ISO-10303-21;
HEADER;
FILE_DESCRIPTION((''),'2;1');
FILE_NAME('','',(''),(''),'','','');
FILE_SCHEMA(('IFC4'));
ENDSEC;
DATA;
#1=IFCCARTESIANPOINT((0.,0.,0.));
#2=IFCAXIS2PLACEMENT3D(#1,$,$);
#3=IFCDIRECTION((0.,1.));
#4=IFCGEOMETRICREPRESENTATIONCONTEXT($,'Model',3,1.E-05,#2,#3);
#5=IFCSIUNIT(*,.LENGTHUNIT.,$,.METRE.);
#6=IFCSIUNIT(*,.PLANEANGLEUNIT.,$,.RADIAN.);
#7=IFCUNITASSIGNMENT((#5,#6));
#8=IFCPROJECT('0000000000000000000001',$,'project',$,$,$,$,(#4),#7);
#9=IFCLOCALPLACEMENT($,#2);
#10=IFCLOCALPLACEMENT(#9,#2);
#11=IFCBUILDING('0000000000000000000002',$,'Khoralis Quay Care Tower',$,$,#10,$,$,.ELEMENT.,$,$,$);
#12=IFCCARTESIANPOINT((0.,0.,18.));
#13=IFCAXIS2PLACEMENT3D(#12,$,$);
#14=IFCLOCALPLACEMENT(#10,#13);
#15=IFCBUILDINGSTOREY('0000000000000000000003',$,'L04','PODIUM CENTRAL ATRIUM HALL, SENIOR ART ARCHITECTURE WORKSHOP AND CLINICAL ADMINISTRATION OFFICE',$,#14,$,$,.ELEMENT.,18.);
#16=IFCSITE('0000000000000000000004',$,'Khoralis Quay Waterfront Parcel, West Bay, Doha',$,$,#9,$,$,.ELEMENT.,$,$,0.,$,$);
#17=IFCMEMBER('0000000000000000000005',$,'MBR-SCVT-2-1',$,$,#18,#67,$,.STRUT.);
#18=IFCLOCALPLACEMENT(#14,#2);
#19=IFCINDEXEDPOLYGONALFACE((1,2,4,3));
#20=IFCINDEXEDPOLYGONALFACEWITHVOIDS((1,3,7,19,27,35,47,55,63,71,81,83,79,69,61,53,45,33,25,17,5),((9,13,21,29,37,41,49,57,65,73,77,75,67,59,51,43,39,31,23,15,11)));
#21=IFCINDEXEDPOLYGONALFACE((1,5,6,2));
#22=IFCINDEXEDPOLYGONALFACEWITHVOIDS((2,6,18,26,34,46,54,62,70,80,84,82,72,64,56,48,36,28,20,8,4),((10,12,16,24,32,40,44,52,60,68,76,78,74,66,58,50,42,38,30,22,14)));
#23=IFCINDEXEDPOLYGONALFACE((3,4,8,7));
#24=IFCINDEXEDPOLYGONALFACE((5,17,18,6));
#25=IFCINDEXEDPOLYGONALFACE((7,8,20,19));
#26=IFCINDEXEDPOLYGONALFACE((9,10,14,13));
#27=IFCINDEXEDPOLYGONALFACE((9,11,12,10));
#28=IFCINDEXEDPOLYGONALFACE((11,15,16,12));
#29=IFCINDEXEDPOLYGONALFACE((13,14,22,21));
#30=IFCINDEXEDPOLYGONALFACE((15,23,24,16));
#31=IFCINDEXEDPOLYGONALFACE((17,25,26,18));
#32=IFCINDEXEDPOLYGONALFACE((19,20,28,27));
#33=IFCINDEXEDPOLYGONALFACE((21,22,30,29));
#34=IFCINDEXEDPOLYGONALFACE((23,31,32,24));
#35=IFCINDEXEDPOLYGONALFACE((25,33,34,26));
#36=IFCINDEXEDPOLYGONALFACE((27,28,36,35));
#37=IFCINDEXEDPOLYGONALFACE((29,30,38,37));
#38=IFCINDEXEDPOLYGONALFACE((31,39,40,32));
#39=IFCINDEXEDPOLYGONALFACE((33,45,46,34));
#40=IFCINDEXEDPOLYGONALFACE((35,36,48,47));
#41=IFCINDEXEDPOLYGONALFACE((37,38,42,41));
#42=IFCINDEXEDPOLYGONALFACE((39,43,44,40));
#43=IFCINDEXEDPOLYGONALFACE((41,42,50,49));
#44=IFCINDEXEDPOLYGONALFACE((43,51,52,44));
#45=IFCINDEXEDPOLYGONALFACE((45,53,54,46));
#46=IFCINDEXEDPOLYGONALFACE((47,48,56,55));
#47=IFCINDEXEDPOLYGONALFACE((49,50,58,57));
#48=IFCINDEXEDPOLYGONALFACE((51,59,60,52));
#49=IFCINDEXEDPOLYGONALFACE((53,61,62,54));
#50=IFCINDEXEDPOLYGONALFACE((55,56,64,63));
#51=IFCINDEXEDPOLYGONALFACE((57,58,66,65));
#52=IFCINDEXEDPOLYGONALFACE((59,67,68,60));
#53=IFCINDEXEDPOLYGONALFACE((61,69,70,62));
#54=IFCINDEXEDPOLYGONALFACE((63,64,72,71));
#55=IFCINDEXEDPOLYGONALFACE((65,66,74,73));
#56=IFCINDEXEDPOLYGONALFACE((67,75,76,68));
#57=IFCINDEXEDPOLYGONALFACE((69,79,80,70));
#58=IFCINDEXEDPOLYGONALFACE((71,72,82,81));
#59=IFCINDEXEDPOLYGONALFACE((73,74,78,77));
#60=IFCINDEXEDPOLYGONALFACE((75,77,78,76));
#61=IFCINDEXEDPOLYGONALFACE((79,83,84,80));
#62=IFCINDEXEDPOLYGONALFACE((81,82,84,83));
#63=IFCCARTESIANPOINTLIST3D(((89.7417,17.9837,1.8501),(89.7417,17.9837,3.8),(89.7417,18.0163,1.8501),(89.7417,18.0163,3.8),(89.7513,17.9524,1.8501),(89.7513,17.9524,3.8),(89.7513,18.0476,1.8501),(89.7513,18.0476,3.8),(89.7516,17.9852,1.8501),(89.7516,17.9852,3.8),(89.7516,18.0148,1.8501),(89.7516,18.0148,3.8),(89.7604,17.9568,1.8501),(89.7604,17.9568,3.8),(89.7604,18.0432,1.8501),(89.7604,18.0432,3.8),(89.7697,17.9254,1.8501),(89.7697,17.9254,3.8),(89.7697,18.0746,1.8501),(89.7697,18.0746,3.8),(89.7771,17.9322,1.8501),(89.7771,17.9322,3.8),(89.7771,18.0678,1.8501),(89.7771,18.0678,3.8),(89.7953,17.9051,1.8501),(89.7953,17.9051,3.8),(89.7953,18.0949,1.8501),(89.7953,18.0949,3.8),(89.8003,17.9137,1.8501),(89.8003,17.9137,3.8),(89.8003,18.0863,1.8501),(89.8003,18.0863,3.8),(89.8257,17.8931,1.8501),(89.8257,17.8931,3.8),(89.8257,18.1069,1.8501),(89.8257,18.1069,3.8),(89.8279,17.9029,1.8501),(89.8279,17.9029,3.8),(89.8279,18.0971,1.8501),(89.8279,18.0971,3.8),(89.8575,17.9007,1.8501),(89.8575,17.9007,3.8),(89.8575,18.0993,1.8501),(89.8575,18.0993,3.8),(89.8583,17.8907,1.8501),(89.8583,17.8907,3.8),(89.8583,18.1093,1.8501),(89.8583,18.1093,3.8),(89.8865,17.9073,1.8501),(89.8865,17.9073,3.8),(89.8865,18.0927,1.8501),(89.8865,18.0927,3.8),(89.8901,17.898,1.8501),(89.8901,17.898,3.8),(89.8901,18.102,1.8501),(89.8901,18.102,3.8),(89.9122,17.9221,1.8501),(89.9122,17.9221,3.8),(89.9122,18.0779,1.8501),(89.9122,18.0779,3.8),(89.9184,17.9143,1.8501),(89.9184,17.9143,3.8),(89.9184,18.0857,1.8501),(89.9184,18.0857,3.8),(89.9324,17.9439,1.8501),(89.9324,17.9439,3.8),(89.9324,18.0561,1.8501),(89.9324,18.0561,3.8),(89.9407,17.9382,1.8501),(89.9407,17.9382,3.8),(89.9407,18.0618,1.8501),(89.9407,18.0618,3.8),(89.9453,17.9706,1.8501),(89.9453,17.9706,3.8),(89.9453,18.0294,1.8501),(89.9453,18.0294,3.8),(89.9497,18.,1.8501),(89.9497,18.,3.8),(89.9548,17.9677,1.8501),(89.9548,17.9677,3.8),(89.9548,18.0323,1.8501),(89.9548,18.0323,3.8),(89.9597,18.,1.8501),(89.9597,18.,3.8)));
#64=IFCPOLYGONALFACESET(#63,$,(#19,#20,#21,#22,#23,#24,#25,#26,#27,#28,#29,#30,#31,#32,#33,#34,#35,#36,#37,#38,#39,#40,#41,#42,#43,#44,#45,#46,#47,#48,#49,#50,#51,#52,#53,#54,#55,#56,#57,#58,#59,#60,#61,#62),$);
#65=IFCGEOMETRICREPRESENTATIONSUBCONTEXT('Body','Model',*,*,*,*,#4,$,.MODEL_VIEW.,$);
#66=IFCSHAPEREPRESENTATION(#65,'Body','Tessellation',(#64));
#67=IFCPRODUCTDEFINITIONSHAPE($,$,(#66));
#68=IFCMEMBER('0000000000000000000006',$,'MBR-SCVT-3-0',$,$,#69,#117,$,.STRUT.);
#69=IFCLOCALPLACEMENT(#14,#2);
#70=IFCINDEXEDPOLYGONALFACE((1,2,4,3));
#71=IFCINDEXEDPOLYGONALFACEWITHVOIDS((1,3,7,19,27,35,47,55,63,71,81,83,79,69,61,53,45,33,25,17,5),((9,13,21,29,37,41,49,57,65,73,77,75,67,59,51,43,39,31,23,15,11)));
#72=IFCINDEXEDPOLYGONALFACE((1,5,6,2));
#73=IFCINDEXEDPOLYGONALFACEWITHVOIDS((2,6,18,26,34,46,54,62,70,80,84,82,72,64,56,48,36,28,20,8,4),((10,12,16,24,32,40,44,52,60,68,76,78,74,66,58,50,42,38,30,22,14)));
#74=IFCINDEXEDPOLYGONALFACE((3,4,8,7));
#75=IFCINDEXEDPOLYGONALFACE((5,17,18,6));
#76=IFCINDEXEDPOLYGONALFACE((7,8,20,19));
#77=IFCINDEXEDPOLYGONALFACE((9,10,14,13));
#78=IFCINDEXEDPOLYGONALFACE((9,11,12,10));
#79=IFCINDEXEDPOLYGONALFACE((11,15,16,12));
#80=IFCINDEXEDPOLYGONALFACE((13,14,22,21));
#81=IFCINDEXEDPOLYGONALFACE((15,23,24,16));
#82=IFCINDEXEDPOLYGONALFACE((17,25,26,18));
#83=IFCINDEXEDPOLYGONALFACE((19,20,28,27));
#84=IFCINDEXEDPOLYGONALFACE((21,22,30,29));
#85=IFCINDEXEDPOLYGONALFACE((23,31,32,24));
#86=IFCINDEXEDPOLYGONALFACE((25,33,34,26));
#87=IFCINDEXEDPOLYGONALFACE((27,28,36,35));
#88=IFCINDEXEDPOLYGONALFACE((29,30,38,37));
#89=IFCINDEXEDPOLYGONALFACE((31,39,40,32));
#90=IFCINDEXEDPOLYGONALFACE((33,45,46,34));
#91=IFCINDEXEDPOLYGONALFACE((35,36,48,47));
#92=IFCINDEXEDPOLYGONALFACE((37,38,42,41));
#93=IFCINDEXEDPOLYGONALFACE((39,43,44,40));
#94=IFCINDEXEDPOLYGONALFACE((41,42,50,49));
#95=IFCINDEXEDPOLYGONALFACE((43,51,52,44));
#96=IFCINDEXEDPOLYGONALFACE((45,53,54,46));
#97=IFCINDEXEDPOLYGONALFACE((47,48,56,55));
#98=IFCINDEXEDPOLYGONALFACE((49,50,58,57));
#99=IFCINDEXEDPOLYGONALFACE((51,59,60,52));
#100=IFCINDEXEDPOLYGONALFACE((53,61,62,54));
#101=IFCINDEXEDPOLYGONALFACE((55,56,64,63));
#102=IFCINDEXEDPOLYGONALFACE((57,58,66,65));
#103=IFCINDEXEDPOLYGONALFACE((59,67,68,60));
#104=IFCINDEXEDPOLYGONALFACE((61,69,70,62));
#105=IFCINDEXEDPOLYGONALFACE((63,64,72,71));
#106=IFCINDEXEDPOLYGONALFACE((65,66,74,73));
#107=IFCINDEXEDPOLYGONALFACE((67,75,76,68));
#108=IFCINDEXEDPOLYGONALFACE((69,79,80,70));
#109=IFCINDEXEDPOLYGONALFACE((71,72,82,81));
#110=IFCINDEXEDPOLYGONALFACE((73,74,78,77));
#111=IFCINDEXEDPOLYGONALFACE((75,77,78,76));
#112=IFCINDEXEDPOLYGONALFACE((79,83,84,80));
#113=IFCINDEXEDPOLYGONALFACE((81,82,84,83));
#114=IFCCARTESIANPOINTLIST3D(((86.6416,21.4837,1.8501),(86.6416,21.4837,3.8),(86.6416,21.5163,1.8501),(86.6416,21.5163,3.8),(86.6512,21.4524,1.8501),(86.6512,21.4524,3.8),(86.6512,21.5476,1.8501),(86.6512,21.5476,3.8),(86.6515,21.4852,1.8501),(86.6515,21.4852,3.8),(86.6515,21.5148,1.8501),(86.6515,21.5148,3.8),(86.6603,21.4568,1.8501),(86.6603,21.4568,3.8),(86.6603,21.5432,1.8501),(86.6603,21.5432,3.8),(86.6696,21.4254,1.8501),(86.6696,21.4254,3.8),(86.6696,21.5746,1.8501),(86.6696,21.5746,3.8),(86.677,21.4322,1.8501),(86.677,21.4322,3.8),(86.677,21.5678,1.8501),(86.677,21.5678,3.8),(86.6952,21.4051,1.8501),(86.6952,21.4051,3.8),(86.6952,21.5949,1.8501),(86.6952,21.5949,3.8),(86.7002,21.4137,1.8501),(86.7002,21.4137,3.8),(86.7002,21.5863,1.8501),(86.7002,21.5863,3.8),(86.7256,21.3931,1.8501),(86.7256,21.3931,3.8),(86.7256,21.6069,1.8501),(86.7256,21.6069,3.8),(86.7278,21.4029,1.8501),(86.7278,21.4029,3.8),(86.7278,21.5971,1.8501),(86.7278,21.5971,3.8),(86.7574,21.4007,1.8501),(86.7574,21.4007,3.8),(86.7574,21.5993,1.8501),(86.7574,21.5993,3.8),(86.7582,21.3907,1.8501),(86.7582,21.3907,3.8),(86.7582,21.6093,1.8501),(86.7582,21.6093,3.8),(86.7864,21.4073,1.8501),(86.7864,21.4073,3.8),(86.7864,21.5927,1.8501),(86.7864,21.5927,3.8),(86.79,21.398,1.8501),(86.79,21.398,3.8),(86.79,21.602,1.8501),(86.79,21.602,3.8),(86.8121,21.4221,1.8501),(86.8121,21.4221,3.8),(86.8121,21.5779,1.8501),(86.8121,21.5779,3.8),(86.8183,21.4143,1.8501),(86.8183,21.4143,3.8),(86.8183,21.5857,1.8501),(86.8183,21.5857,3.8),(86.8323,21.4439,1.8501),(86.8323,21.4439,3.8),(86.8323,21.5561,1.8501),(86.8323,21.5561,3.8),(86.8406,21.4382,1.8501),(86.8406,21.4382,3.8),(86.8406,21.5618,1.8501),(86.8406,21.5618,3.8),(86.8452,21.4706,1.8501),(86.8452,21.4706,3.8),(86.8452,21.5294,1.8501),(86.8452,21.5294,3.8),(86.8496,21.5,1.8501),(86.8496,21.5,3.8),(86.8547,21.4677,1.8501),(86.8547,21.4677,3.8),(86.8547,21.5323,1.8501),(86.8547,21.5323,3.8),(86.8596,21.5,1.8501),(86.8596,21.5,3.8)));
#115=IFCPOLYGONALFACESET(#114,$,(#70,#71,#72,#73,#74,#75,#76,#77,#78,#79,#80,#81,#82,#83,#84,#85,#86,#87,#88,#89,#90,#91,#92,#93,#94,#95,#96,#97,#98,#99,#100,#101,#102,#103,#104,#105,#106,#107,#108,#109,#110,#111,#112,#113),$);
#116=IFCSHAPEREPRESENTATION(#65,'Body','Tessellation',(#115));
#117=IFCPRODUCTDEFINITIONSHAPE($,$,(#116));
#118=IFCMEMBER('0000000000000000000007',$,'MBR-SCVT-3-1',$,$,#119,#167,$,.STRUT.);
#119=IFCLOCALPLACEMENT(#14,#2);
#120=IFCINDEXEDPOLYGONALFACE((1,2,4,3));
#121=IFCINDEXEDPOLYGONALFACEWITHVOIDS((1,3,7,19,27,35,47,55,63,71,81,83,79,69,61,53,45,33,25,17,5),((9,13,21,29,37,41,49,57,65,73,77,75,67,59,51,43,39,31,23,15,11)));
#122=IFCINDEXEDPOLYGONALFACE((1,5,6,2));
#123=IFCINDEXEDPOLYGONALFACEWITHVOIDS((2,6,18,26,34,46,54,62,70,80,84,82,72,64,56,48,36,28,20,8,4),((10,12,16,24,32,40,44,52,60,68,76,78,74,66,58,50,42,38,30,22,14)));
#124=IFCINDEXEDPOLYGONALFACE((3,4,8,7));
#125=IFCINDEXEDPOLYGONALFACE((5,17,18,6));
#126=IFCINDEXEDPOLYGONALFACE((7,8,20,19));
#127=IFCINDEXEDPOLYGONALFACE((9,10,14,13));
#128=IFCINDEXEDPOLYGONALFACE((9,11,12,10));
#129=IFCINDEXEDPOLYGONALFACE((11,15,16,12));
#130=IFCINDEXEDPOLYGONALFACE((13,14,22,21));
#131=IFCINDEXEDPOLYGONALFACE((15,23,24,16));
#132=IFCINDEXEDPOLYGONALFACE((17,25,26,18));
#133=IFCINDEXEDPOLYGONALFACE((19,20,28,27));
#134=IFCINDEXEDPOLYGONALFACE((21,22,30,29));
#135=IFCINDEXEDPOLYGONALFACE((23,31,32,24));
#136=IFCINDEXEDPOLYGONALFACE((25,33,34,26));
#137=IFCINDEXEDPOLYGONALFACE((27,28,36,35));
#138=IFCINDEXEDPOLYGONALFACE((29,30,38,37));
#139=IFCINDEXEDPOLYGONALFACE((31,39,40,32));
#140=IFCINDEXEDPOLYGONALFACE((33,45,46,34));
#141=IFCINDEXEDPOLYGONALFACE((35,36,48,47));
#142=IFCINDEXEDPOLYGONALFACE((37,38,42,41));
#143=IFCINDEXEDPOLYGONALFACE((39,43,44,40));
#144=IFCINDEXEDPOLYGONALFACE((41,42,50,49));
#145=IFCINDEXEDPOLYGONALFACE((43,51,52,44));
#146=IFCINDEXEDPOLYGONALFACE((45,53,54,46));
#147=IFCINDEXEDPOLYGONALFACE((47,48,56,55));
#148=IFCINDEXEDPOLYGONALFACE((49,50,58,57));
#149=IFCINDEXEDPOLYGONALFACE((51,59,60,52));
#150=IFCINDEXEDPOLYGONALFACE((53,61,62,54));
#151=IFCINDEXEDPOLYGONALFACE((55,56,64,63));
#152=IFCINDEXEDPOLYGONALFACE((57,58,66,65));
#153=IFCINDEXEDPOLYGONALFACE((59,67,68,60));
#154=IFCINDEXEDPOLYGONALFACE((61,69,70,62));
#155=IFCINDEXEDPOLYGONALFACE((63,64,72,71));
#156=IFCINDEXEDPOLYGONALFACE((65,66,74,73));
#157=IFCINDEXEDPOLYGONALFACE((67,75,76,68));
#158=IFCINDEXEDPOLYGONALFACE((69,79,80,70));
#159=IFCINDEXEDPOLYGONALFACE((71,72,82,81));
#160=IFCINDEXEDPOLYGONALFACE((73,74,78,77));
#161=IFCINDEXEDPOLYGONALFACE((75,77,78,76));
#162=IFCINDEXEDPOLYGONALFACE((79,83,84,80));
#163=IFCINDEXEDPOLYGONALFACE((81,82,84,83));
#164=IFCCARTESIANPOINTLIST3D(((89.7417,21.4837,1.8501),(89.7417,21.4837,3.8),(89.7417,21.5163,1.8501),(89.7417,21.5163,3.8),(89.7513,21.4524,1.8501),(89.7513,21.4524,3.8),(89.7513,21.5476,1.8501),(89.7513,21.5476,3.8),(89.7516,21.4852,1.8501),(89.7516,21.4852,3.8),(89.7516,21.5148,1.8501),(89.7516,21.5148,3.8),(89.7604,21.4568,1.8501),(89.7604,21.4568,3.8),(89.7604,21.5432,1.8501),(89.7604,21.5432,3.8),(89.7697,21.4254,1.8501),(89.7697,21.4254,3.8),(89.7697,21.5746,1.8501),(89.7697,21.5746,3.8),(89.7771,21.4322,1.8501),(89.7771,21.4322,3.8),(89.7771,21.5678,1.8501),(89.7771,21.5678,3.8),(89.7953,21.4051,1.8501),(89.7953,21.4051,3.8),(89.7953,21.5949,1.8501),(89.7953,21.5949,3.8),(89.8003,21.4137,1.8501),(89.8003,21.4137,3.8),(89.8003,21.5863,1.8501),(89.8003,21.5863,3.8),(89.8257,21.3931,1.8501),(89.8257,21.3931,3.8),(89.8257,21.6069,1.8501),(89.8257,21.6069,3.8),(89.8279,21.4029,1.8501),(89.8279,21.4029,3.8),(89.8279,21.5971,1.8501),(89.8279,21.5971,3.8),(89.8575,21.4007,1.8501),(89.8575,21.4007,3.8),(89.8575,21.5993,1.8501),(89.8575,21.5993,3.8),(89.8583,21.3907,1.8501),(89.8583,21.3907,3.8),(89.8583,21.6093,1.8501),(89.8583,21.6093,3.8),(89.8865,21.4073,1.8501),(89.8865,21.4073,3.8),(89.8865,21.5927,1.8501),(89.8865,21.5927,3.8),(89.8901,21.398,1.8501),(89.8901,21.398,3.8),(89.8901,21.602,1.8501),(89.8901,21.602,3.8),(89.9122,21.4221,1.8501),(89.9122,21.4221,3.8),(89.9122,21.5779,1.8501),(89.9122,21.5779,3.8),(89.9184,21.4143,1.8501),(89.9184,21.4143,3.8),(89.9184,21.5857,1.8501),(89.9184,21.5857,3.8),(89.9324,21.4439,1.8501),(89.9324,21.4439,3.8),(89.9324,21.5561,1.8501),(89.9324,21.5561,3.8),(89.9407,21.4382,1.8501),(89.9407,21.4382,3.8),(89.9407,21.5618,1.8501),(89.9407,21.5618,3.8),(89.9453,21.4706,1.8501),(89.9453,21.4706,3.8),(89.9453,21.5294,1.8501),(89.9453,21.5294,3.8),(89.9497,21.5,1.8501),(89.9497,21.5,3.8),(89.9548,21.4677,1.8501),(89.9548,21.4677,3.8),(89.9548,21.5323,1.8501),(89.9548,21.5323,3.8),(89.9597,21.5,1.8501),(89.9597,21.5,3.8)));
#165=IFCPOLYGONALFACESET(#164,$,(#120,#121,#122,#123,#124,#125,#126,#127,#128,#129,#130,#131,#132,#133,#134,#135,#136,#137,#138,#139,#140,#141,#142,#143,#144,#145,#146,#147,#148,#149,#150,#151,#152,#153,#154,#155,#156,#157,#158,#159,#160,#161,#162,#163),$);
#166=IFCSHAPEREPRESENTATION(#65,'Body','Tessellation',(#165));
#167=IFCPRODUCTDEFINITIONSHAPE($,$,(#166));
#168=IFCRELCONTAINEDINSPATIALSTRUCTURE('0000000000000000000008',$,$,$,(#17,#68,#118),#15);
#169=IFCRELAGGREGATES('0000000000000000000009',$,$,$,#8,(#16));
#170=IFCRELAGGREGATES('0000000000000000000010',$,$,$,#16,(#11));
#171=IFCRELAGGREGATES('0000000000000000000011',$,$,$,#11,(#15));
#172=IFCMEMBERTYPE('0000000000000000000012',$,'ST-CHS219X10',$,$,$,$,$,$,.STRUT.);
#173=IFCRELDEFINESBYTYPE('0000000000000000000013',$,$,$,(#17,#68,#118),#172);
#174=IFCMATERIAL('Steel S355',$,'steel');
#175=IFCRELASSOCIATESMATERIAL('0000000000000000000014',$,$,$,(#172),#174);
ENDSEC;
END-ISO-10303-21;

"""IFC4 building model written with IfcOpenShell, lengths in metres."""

from ifc_helpers import new_model, si_unit, direction, frame, origin, origin_2d, place, context, subcontext, project, spatial, hollow_circle, extrude, source, transform, mapped, material, material_profile, profile_set, type_object, element, save


model = new_model("IFC4")

# Units and contexts
model_context = context("Model", 3, precision=1e-05, world=origin(), true_north=direction((0.0, 1.0)))
body_context = subcontext(model_context, "Body", "Model", "MODEL_VIEW")
ifc_project = project(units=[si_unit("LENGTHUNIT", "METRE"), si_unit("PLANEANGLEUNIT", "RADIAN")], contexts=[model_context])

# Site, building, storey
site_placement = place(None, origin())
site = spatial("IfcSite", under=ifc_project, at=site_placement, Name="Khoralis Quay Waterfront Parcel, West Bay, Doha", CompositionType="ELEMENT", RefElevation=0.0)
building_placement = place(site_placement, origin())
building = spatial("IfcBuilding", under=site, at=building_placement, Name="Khoralis Quay Care Tower", CompositionType="ELEMENT")
storey_placement = place(building_placement, frame((0.0, 0.0, 18.0)))
storey = spatial("IfcBuildingStorey", under=building, at=storey_placement, Name="L04", Description="PODIUM CENTRAL ATRIUM HALL, SENIOR ART ARCHITECTURE WORKSHOP AND CLINICAL ADMINISTRATION OFFICE", CompositionType="ELEMENT", Elevation=18.0)

# Members
ifc_material = material(Name="Steel S355", Category="steel")
ifc_material_profile_1 = material_profile(ifc_material, hollow_circle(Radius=0.1096, WallThickness=0.01, at=origin_2d()), Name="Steel S355")
ifc_profile_set_1 = profile_set([ifc_material_profile_1], Name="Steel S355")
member_type_1 = type_object("IfcMemberType", Name="ST-CHS219X10", PredefinedType="STRUT", material=ifc_profile_set_1)
shared_shape_1 = source(origin(), body_context, "Body", "SweptSolid", [
    extrude(hollow_circle(Radius=0.1096, WallThickness=0.01, at=origin_2d()), origin(), (0.0, 0.0, 1.0), 1.95),
])
for number, where, z_axis, x_axis, name in (
    (1, (89.8501, 18.0, 1.8501), (0.0, 0.0, 1.0), (1.0, 0.0, 0.0), "MBR-SCVT-2-1"),
    (2, (86.75, 21.5, 1.8501), (0.0, 0.0, 1.0), (1.0, 0.0, 0.0), "MBR-SCVT-3-0"),
    (3, (89.8501, 21.5, 1.8501), (0.0, 0.0, 1.0), (1.0, 0.0, 0.0), "MBR-SCVT-3-1"),
):
    element("IfcMember", number, at=place(storey_placement, frame(where, z_axis=z_axis, x_axis=x_axis)), inside=storey, type_object=member_type_1, Name=name, PredefinedType="STRUT", context=body_context, shape_type="MappedRepresentation", body=[
        mapped(shared_shape_1, transform((0.0, 0.0, 0.0), scale=1.0)),
    ])

save(model, "model.ifc")
